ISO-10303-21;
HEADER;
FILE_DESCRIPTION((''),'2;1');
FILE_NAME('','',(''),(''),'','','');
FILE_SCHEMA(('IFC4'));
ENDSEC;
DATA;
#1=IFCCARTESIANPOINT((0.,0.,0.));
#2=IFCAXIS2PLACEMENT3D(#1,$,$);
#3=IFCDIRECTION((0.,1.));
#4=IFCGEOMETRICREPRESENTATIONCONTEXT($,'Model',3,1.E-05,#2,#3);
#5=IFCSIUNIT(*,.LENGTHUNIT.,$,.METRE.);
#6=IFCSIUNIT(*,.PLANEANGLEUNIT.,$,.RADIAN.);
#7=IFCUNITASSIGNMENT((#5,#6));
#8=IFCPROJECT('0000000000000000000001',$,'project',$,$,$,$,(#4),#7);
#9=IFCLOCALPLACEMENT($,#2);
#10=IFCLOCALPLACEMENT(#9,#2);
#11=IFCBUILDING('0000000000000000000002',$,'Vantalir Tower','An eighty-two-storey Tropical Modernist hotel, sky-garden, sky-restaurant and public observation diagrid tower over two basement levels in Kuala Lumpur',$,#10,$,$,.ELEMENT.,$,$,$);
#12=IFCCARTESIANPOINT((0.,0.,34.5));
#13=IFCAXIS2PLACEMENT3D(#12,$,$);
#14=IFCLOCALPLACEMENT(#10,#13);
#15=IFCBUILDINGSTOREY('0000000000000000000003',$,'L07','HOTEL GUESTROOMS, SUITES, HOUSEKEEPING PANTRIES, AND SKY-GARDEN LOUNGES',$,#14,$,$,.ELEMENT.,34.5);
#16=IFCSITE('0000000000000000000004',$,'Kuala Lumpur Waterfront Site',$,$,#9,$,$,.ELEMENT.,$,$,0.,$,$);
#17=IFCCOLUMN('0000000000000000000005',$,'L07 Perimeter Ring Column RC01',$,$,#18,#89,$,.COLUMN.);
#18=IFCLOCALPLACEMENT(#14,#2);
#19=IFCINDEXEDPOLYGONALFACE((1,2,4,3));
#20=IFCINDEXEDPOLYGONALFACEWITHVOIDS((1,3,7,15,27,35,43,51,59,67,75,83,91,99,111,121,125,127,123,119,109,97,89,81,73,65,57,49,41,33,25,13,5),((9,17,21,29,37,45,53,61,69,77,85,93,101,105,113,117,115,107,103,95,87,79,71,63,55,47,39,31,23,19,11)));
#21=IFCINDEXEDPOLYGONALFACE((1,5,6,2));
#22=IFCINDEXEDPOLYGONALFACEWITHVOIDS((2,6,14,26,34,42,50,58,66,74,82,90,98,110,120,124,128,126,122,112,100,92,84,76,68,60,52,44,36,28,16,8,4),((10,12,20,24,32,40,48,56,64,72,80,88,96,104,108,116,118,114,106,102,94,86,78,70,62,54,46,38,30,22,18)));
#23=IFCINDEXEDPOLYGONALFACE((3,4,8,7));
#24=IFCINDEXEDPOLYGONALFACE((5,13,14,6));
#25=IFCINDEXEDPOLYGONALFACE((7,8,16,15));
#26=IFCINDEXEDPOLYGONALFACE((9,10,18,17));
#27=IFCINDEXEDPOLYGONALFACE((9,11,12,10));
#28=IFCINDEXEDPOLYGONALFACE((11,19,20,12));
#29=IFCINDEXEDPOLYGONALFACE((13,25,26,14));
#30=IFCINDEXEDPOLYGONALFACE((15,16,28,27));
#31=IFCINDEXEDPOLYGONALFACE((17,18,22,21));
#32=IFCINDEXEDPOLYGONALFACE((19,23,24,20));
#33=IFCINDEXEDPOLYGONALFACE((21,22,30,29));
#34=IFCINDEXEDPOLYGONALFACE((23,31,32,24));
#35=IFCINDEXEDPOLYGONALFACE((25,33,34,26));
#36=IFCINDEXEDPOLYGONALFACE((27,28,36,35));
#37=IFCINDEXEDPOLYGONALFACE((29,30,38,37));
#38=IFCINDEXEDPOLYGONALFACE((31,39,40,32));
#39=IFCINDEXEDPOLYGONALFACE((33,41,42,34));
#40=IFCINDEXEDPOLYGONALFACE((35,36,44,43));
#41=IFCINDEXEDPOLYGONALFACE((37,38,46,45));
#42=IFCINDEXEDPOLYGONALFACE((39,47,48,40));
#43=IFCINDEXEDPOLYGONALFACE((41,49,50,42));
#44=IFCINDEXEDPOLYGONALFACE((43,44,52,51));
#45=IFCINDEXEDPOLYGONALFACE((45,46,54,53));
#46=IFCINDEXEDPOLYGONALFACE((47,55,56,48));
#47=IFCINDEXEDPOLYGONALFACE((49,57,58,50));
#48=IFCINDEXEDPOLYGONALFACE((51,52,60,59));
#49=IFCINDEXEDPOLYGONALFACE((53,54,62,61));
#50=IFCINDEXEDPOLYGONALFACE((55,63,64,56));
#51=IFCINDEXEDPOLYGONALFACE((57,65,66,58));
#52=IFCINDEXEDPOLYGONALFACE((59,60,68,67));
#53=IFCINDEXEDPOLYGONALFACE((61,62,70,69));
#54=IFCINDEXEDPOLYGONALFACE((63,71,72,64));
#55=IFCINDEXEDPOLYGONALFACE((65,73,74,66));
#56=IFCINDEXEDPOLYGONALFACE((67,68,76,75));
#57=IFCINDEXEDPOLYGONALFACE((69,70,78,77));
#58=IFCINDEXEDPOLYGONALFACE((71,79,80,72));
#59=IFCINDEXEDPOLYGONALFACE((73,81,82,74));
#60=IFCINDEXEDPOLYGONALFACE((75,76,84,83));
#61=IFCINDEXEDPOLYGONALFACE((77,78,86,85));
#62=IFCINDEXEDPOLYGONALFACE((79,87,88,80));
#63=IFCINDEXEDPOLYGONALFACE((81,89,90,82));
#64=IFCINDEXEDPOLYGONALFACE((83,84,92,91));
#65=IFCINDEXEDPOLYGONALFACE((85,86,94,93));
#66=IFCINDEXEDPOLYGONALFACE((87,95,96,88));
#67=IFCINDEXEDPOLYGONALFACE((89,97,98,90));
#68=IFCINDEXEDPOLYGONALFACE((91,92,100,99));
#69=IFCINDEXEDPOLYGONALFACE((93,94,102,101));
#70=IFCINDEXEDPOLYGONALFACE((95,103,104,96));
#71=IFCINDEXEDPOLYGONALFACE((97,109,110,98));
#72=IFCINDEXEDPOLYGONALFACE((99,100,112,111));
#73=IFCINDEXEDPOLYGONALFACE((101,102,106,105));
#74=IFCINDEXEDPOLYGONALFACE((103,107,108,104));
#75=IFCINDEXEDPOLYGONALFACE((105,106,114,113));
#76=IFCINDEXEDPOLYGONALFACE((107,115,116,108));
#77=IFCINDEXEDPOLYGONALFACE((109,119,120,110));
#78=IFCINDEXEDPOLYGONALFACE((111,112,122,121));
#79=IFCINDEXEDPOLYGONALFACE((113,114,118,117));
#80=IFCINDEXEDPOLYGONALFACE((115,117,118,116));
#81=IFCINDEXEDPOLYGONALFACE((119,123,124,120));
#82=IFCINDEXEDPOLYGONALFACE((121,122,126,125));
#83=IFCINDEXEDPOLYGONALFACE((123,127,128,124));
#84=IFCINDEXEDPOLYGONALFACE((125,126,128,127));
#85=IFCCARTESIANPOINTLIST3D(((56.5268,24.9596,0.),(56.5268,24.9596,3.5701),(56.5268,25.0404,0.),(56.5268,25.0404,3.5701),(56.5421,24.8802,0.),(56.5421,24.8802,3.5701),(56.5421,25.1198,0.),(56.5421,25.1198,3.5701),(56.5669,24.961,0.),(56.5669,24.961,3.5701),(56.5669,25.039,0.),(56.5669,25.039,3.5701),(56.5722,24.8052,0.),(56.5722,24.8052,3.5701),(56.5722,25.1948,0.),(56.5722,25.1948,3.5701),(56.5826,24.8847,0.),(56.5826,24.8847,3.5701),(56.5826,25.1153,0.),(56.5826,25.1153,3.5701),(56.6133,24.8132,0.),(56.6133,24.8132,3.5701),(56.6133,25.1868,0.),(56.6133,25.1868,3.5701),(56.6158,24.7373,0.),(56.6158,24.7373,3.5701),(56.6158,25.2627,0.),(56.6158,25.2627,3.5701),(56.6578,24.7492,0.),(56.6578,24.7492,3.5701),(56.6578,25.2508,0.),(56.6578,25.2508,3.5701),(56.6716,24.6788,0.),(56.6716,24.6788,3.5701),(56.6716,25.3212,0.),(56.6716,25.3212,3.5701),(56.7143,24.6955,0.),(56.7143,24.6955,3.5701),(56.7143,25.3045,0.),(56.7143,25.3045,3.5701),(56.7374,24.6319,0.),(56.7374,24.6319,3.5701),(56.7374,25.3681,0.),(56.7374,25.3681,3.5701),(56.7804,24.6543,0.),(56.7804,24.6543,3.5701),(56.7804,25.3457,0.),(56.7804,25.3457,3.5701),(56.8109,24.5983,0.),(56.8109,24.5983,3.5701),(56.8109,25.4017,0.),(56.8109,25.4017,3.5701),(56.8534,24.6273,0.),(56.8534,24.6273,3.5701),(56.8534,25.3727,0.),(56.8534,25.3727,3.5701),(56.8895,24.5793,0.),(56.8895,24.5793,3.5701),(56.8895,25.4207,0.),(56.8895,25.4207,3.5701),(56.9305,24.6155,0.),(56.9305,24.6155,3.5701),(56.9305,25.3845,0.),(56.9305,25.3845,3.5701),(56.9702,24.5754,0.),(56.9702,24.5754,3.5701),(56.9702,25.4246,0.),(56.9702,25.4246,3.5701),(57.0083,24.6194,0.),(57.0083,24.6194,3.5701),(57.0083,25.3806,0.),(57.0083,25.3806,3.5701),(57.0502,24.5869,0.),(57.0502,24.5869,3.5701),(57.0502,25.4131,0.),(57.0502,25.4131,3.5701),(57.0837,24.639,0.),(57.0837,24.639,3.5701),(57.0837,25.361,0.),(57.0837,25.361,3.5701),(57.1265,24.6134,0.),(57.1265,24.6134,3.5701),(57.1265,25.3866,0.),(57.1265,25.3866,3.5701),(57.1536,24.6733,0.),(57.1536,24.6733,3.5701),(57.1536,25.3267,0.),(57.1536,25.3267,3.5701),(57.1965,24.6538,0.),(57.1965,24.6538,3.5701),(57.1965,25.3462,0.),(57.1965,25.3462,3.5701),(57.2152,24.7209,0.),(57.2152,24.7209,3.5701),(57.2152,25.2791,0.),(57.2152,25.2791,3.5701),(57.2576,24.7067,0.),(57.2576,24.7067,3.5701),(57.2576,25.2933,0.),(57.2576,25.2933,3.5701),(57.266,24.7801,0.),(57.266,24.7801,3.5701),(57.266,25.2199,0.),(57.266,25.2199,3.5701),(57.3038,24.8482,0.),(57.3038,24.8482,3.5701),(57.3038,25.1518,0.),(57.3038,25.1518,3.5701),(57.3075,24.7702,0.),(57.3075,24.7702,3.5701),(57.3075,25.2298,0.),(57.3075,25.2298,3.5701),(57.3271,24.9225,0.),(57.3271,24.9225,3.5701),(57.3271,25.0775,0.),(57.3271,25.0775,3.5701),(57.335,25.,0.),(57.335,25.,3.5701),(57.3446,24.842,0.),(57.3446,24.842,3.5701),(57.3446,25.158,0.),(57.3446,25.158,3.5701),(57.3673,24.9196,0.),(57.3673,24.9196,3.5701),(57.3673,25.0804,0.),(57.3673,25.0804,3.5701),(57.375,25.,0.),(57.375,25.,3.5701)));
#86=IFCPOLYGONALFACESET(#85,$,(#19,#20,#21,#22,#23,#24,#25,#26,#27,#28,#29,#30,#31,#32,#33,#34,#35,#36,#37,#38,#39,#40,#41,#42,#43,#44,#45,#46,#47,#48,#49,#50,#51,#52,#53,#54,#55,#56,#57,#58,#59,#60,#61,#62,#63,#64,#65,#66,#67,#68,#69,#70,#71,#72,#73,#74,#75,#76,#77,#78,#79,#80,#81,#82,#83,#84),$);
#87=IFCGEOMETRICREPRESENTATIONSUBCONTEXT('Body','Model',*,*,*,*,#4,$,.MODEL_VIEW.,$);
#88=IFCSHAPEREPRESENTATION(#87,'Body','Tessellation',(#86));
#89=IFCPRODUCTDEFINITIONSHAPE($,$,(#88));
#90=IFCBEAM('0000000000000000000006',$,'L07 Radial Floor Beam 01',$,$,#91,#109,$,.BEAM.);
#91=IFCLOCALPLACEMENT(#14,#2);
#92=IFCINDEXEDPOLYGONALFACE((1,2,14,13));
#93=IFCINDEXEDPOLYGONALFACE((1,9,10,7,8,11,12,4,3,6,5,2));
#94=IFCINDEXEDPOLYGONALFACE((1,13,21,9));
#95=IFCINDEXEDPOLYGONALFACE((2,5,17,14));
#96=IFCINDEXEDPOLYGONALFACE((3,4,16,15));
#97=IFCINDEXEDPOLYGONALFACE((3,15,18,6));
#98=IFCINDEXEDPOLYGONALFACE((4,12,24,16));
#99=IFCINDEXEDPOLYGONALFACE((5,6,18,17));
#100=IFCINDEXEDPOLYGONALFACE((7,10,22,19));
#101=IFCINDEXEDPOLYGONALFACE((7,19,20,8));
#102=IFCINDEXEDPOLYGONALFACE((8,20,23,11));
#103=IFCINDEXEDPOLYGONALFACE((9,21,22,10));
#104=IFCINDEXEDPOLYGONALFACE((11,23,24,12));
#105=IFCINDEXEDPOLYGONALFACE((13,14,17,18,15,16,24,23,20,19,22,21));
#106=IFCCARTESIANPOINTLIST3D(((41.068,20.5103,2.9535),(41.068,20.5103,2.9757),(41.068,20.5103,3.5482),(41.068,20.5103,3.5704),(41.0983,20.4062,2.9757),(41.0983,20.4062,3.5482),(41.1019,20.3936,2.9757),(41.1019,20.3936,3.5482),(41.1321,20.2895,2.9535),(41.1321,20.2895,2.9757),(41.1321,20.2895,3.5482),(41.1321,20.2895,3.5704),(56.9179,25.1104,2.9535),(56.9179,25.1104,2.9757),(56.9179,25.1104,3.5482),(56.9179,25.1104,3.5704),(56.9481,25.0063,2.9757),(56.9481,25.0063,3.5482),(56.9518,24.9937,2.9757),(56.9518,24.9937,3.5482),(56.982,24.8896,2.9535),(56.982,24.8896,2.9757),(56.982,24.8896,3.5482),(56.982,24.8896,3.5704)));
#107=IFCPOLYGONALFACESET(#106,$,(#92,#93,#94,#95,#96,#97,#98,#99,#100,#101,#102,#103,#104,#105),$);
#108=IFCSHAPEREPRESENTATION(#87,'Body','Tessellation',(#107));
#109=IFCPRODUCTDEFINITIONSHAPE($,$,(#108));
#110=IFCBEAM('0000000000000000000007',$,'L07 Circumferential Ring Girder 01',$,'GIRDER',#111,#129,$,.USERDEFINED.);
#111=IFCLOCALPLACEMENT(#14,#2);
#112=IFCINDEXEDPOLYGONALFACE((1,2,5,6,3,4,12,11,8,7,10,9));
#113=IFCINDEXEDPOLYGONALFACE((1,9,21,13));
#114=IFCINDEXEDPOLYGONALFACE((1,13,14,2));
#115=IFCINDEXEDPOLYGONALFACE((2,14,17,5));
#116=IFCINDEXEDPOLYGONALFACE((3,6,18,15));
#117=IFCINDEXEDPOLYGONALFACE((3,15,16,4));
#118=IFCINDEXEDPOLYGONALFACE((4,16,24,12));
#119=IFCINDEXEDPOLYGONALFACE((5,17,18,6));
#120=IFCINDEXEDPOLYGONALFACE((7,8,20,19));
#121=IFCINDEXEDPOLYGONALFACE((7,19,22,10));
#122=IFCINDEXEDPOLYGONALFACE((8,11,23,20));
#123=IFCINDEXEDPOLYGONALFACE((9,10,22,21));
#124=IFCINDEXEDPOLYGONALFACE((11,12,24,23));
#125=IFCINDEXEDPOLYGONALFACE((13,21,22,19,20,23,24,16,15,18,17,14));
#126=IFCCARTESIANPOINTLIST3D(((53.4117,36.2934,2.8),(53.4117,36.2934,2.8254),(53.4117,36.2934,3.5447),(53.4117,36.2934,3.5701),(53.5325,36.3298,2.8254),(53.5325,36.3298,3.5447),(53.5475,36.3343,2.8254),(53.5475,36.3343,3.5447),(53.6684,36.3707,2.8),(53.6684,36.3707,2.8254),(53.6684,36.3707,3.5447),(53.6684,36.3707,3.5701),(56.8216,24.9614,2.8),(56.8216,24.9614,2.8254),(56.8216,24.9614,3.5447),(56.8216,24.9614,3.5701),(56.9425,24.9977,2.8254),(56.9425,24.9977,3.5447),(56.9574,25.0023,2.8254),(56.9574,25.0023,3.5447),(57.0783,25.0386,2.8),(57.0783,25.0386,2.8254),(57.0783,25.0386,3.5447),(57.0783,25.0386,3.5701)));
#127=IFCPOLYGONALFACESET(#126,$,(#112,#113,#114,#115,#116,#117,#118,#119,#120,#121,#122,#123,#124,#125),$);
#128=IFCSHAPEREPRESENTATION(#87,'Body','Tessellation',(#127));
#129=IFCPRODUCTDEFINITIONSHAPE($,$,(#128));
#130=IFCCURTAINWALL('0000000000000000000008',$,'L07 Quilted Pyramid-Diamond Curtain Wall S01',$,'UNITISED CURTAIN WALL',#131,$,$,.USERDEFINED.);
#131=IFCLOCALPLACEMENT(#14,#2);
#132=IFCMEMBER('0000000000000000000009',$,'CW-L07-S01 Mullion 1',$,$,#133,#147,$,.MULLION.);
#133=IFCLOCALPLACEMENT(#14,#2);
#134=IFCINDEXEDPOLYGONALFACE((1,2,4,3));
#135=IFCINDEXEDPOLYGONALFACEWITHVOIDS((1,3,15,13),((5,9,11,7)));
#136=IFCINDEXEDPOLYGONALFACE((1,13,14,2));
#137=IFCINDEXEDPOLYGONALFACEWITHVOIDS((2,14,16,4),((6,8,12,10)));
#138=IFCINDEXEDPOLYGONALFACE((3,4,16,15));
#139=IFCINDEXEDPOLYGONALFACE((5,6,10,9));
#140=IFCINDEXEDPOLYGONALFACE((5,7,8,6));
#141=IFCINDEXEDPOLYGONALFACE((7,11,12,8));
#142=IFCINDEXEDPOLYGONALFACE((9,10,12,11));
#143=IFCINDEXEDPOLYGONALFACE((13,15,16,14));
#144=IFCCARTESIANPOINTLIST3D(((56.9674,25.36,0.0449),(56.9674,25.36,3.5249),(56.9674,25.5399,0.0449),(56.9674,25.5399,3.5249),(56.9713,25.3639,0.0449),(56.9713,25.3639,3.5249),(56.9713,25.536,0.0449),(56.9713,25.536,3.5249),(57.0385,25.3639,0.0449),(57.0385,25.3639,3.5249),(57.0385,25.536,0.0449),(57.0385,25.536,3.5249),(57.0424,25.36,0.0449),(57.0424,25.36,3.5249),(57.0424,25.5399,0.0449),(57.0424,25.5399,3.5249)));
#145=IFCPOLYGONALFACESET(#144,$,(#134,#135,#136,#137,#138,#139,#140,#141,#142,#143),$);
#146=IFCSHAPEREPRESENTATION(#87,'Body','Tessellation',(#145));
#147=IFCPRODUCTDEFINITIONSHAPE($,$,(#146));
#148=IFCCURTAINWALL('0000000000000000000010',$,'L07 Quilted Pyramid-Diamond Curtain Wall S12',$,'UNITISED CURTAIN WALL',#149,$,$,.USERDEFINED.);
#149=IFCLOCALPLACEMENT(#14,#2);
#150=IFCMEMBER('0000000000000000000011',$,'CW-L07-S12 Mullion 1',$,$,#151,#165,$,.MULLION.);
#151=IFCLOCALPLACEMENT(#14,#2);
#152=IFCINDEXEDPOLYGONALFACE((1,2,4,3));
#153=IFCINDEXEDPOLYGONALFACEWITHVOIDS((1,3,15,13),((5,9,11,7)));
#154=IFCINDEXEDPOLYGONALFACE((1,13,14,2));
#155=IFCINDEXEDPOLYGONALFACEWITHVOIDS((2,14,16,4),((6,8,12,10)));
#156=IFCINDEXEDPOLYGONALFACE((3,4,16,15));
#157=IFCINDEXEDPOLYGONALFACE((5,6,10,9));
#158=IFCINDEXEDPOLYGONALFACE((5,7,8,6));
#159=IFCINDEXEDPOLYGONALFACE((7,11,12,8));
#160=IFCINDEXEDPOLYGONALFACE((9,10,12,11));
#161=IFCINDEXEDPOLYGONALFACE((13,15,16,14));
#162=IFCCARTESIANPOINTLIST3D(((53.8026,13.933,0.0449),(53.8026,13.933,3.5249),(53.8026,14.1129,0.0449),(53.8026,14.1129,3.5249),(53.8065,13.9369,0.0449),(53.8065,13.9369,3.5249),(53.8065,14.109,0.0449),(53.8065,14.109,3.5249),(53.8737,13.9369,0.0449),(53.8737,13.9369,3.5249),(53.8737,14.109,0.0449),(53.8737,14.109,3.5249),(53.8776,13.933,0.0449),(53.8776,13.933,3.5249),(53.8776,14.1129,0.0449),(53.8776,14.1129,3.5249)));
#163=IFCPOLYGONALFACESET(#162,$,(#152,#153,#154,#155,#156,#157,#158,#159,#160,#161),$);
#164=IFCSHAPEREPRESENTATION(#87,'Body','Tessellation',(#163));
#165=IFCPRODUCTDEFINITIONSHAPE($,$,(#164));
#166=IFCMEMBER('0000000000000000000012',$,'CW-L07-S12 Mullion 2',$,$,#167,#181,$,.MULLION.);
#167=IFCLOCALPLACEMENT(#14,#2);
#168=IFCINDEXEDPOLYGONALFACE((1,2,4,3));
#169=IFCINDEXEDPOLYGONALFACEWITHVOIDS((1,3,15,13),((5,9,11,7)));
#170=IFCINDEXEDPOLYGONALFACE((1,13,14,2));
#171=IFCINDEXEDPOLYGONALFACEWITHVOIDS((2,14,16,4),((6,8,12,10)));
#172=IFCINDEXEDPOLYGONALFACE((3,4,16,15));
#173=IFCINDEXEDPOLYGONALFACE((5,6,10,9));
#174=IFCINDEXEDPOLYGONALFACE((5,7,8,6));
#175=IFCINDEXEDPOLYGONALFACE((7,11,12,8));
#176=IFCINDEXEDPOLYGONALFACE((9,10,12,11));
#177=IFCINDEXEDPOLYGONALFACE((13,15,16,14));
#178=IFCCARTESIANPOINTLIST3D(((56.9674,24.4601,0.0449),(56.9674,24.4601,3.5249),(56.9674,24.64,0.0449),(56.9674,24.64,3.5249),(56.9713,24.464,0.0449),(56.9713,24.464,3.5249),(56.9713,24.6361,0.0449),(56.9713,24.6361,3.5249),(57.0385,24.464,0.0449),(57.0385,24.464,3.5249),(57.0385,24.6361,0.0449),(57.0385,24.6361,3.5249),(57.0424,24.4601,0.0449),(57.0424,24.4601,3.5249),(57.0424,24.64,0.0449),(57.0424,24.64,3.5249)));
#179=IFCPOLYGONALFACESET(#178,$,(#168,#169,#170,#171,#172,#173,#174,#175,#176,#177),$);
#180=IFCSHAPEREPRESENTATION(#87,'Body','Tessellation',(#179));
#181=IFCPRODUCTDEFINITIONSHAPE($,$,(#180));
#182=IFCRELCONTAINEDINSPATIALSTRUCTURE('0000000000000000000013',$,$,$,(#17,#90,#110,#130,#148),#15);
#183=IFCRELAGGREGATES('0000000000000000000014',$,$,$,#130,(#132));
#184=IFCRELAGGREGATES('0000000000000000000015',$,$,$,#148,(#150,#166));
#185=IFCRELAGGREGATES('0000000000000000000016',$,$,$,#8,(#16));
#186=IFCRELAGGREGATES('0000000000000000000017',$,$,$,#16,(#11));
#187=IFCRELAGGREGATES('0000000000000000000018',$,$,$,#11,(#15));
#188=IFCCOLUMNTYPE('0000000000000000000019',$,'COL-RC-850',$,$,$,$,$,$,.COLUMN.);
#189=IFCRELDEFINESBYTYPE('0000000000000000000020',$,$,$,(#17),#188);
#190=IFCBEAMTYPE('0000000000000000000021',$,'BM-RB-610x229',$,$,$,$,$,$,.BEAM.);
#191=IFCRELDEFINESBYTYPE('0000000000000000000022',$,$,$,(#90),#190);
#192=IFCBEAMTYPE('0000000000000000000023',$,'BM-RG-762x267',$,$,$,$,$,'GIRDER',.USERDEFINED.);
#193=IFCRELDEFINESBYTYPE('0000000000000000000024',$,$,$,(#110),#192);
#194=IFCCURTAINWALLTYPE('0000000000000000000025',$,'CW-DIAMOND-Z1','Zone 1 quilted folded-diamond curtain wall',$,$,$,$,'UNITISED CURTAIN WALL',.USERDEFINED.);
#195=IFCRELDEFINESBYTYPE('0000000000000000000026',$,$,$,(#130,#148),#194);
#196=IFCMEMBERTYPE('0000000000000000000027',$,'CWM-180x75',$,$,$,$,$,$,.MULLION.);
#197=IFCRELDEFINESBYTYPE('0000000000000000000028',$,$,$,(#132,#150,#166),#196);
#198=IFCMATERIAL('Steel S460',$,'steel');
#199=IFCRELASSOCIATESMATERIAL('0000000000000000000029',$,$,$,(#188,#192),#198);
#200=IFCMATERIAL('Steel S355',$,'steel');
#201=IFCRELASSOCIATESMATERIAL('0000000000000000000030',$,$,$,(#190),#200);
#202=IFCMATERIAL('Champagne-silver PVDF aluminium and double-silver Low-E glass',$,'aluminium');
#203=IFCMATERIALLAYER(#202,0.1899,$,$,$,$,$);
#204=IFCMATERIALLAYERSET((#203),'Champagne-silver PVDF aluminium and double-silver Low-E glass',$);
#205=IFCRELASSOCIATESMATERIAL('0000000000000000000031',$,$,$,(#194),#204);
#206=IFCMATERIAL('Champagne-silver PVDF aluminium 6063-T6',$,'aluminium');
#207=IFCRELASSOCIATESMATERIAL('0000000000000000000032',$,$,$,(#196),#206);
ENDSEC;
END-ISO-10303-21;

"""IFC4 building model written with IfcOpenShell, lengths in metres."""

from ifc_helpers import new_model, si_unit, direction, frame, origin, origin_2d, place, context, subcontext, project, spatial, hollow_rectangle, hollow_circle, i_section, extrude, material, layer, layer_set, material_profile, profile_set, type_object, element, aggregate, save


model = new_model("IFC4")

# Units and contexts
model_context = context("Model", 3, precision=1e-05, world=origin(), true_north=direction((0.0, 1.0)))
body_context = subcontext(model_context, "Body", "Model", "MODEL_VIEW")
ifc_project = project(units=[si_unit("LENGTHUNIT", "METRE"), si_unit("PLANEANGLEUNIT", "RADIAN")], contexts=[model_context])

# Site, building, storey
site_placement = place(None, origin())
site = spatial("IfcSite", under=ifc_project, at=site_placement, Name="Kuala Lumpur Waterfront Site", CompositionType="ELEMENT", RefElevation=0.0)
building_placement = place(site_placement, origin())
building = spatial("IfcBuilding", under=site, at=building_placement, Name="Vantalir Tower", Description="An eighty-two-storey Tropical Modernist hotel, sky-garden, sky-restaurant and public observation diagrid tower over two basement levels in Kuala Lumpur", CompositionType="ELEMENT")
storey_placement = place(building_placement, frame((0.0, 0.0, 34.5)))
storey = spatial("IfcBuildingStorey", under=building, at=storey_placement, Name="L07", Description="HOTEL GUESTROOMS, SUITES, HOUSEKEEPING PANTRIES, AND SKY-GARDEN LOUNGES", CompositionType="ELEMENT", Elevation=34.5)

# Column
ifc_material_1 = material(Name="Steel S460", Category="steel")
ifc_material_profile_1 = material_profile(ifc_material_1, hollow_circle(Radius=0.425, WallThickness=0.04, at=origin_2d()), Name="Steel S460")
ifc_profile_set_1 = profile_set([ifc_material_profile_1], Name="Steel S460")
column_type = type_object("IfcColumnType", Name="COL-RC-850", PredefinedType="COLUMN", material=ifc_profile_set_1)
column_placement = place(storey_placement, frame((56.95, 25.0, 0.0), z_axis=(0.0, 0.0, 1.0), x_axis=(1.0, 0.0, 0.0)))
element("IfcColumn", 1, at=column_placement, inside=storey, type_object=column_type, Name="L07 Perimeter Ring Column RC01", PredefinedType="COLUMN", context=body_context, shape_type="SweptSolid", body=[
    extrude(hollow_circle(Radius=0.425, WallThickness=0.04, at=origin_2d()), origin(), (0.0, 0.0, 1.0), 3.5701),
])

# Beams
ifc_material_2 = material(Name="Steel S355", Category="steel")
ifc_material_profile_2 = material_profile(ifc_material_2, i_section(OverallWidth=0.23, OverallDepth=0.6169, WebThickness=0.0132, FlangeThickness=0.0222, at=origin_2d()), Name="Steel S355")
ifc_profile_set_2 = profile_set([ifc_material_profile_2], Name="Steel S355")
beam_type_1 = type_object("IfcBeamType", Name="BM-RB-610x229", PredefinedType="BEAM", material=ifc_profile_set_2)
beam_1_placement = place(storey_placement, frame((56.95, 25.0, 3.262), z_axis=(-0.96037, -0.278728, 0.0), x_axis=(0.278728, -0.96037, 0.0)))
element("IfcBeam", 2, at=beam_1_placement, inside=storey, type_object=beam_type_1, Name="L07 Radial Floor Beam 01", PredefinedType="BEAM", context=body_context, shape_type="SweptSolid", body=[
    extrude(i_section(OverallWidth=0.23, OverallDepth=0.6169, WebThickness=0.0132, FlangeThickness=0.0222, at=origin_2d()), origin(), (0.0, 0.0, 1.0), 16.5039),
])
ifc_material_profile_3 = material_profile(ifc_material_1, i_section(OverallWidth=0.2681, OverallDepth=0.77, WebThickness=0.0156, FlangeThickness=0.0254, at=origin_2d()), Name="Steel S460")
ifc_profile_set_3 = profile_set([ifc_material_profile_3], Name="Steel S460")
beam_type_2 = type_object("IfcBeamType", Name="BM-RG-762x267", ElementType="GIRDER", PredefinedType="USERDEFINED", material=ifc_profile_set_3)
beam_2_placement = place(storey_placement, frame((56.95, 25.0, 3.1851), z_axis=(-0.288147, 0.957586, 0.0), x_axis=(-0.957586, -0.288147, 0.0)))
element("IfcBeam", 3, at=beam_2_placement, inside=storey, type_object=beam_type_2, Name="L07 Circumferential Ring Girder 01", ObjectType="GIRDER", PredefinedType="USERDEFINED", context=body_context, shape_type="SweptSolid", body=[
    extrude(i_section(OverallWidth=0.2681, OverallDepth=0.77, WebThickness=0.0156, FlangeThickness=0.0254, at=origin_2d()), origin(), (0.0, 0.0, 1.0), 11.834),
])

# Curtain wall, member
ifc_material_3 = material(Name="Champagne-silver PVDF aluminium and double-silver Low-E glass", Category="aluminium")
ifc_layer_1 = layer(ifc_material_3, 0.1899)
ifc_layer_set_1 = layer_set([ifc_layer_1], Name="Champagne-silver PVDF aluminium and double-silver Low-E glass")
curtain_wall_type = type_object("IfcCurtainWallType", Name="CW-DIAMOND-Z1", Description="Zone 1 quilted folded-diamond curtain wall", ElementType="UNITISED CURTAIN WALL", PredefinedType="USERDEFINED", material=ifc_layer_set_1)
curtain_wall_1_placement = place(storey_placement, origin())
curtain_wall_1 = element("IfcCurtainWall", 4, at=curtain_wall_1_placement, inside=storey, type_object=curtain_wall_type, Name="L07 Quilted Pyramid-Diamond Curtain Wall S01", ObjectType="UNITISED CURTAIN WALL", PredefinedType="USERDEFINED")
ifc_material_4 = material(Name="Champagne-silver PVDF aluminium 6063-T6", Category="aluminium")
ifc_material_profile_4 = material_profile(ifc_material_4, hollow_rectangle(XDim=0.075, YDim=0.1799, WallThickness=0.0039, at=origin_2d()), Name="Champagne-silver PVDF aluminium 6063-T6")
ifc_profile_set_4 = profile_set([ifc_material_profile_4], Name="Champagne-silver PVDF aluminium 6063-T6")
member_type_1 = type_object("IfcMemberType", Name="CWM-180x75", PredefinedType="MULLION", material=ifc_profile_set_4)
member_1_placement = place(storey_placement, frame((57.0049, 25.45, 0.0449), z_axis=(0.0, 0.0, 1.0), x_axis=(1.0, 0.0, 0.0)))
member_1 = element("IfcMember", 5, at=member_1_placement, type_object=member_type_1, Name="CW-L07-S01 Mullion 1", PredefinedType="MULLION", context=body_context, shape_type="SweptSolid", body=[
    extrude(hollow_rectangle(XDim=0.075, YDim=0.1799, WallThickness=0.0039, at=origin_2d()), origin(), (0.0, 0.0, 1.0), 3.48),
])

# Curtain wall, members
curtain_wall_2_placement = place(storey_placement, origin())
curtain_wall_2 = element("IfcCurtainWall", 6, at=curtain_wall_2_placement, inside=storey, type_object=curtain_wall_type, Name="L07 Quilted Pyramid-Diamond Curtain Wall S12", ObjectType="UNITISED CURTAIN WALL", PredefinedType="USERDEFINED")
member_2_placement = place(storey_placement, frame((53.8401, 14.0229, 0.0449), z_axis=(0.0, 0.0, 1.0), x_axis=(1.0, 0.0, 0.0)))
member_2 = element("IfcMember", 7, at=member_2_placement, type_object=member_type_1, Name="CW-L07-S12 Mullion 1", PredefinedType="MULLION", context=body_context, shape_type="SweptSolid", body=[
    extrude(hollow_rectangle(XDim=0.075, YDim=0.1799, WallThickness=0.0039, at=origin_2d()), origin(), (0.0, 0.0, 1.0), 3.48),
])
member_3_placement = place(storey_placement, frame((57.0049, 24.55, 0.0449), z_axis=(0.0, 0.0, 1.0), x_axis=(1.0, 0.0, 0.0)))
member_3 = element("IfcMember", 8, at=member_3_placement, type_object=member_type_1, Name="CW-L07-S12 Mullion 2", PredefinedType="MULLION", context=body_context, shape_type="SweptSolid", body=[
    extrude(hollow_rectangle(XDim=0.075, YDim=0.1799, WallThickness=0.0039, at=origin_2d()), origin(), (0.0, 0.0, 1.0), 3.48),
])

aggregate(curtain_wall_1, [member_1])
aggregate(curtain_wall_2, [member_2, member_3])

save(model, "model.ifc")
